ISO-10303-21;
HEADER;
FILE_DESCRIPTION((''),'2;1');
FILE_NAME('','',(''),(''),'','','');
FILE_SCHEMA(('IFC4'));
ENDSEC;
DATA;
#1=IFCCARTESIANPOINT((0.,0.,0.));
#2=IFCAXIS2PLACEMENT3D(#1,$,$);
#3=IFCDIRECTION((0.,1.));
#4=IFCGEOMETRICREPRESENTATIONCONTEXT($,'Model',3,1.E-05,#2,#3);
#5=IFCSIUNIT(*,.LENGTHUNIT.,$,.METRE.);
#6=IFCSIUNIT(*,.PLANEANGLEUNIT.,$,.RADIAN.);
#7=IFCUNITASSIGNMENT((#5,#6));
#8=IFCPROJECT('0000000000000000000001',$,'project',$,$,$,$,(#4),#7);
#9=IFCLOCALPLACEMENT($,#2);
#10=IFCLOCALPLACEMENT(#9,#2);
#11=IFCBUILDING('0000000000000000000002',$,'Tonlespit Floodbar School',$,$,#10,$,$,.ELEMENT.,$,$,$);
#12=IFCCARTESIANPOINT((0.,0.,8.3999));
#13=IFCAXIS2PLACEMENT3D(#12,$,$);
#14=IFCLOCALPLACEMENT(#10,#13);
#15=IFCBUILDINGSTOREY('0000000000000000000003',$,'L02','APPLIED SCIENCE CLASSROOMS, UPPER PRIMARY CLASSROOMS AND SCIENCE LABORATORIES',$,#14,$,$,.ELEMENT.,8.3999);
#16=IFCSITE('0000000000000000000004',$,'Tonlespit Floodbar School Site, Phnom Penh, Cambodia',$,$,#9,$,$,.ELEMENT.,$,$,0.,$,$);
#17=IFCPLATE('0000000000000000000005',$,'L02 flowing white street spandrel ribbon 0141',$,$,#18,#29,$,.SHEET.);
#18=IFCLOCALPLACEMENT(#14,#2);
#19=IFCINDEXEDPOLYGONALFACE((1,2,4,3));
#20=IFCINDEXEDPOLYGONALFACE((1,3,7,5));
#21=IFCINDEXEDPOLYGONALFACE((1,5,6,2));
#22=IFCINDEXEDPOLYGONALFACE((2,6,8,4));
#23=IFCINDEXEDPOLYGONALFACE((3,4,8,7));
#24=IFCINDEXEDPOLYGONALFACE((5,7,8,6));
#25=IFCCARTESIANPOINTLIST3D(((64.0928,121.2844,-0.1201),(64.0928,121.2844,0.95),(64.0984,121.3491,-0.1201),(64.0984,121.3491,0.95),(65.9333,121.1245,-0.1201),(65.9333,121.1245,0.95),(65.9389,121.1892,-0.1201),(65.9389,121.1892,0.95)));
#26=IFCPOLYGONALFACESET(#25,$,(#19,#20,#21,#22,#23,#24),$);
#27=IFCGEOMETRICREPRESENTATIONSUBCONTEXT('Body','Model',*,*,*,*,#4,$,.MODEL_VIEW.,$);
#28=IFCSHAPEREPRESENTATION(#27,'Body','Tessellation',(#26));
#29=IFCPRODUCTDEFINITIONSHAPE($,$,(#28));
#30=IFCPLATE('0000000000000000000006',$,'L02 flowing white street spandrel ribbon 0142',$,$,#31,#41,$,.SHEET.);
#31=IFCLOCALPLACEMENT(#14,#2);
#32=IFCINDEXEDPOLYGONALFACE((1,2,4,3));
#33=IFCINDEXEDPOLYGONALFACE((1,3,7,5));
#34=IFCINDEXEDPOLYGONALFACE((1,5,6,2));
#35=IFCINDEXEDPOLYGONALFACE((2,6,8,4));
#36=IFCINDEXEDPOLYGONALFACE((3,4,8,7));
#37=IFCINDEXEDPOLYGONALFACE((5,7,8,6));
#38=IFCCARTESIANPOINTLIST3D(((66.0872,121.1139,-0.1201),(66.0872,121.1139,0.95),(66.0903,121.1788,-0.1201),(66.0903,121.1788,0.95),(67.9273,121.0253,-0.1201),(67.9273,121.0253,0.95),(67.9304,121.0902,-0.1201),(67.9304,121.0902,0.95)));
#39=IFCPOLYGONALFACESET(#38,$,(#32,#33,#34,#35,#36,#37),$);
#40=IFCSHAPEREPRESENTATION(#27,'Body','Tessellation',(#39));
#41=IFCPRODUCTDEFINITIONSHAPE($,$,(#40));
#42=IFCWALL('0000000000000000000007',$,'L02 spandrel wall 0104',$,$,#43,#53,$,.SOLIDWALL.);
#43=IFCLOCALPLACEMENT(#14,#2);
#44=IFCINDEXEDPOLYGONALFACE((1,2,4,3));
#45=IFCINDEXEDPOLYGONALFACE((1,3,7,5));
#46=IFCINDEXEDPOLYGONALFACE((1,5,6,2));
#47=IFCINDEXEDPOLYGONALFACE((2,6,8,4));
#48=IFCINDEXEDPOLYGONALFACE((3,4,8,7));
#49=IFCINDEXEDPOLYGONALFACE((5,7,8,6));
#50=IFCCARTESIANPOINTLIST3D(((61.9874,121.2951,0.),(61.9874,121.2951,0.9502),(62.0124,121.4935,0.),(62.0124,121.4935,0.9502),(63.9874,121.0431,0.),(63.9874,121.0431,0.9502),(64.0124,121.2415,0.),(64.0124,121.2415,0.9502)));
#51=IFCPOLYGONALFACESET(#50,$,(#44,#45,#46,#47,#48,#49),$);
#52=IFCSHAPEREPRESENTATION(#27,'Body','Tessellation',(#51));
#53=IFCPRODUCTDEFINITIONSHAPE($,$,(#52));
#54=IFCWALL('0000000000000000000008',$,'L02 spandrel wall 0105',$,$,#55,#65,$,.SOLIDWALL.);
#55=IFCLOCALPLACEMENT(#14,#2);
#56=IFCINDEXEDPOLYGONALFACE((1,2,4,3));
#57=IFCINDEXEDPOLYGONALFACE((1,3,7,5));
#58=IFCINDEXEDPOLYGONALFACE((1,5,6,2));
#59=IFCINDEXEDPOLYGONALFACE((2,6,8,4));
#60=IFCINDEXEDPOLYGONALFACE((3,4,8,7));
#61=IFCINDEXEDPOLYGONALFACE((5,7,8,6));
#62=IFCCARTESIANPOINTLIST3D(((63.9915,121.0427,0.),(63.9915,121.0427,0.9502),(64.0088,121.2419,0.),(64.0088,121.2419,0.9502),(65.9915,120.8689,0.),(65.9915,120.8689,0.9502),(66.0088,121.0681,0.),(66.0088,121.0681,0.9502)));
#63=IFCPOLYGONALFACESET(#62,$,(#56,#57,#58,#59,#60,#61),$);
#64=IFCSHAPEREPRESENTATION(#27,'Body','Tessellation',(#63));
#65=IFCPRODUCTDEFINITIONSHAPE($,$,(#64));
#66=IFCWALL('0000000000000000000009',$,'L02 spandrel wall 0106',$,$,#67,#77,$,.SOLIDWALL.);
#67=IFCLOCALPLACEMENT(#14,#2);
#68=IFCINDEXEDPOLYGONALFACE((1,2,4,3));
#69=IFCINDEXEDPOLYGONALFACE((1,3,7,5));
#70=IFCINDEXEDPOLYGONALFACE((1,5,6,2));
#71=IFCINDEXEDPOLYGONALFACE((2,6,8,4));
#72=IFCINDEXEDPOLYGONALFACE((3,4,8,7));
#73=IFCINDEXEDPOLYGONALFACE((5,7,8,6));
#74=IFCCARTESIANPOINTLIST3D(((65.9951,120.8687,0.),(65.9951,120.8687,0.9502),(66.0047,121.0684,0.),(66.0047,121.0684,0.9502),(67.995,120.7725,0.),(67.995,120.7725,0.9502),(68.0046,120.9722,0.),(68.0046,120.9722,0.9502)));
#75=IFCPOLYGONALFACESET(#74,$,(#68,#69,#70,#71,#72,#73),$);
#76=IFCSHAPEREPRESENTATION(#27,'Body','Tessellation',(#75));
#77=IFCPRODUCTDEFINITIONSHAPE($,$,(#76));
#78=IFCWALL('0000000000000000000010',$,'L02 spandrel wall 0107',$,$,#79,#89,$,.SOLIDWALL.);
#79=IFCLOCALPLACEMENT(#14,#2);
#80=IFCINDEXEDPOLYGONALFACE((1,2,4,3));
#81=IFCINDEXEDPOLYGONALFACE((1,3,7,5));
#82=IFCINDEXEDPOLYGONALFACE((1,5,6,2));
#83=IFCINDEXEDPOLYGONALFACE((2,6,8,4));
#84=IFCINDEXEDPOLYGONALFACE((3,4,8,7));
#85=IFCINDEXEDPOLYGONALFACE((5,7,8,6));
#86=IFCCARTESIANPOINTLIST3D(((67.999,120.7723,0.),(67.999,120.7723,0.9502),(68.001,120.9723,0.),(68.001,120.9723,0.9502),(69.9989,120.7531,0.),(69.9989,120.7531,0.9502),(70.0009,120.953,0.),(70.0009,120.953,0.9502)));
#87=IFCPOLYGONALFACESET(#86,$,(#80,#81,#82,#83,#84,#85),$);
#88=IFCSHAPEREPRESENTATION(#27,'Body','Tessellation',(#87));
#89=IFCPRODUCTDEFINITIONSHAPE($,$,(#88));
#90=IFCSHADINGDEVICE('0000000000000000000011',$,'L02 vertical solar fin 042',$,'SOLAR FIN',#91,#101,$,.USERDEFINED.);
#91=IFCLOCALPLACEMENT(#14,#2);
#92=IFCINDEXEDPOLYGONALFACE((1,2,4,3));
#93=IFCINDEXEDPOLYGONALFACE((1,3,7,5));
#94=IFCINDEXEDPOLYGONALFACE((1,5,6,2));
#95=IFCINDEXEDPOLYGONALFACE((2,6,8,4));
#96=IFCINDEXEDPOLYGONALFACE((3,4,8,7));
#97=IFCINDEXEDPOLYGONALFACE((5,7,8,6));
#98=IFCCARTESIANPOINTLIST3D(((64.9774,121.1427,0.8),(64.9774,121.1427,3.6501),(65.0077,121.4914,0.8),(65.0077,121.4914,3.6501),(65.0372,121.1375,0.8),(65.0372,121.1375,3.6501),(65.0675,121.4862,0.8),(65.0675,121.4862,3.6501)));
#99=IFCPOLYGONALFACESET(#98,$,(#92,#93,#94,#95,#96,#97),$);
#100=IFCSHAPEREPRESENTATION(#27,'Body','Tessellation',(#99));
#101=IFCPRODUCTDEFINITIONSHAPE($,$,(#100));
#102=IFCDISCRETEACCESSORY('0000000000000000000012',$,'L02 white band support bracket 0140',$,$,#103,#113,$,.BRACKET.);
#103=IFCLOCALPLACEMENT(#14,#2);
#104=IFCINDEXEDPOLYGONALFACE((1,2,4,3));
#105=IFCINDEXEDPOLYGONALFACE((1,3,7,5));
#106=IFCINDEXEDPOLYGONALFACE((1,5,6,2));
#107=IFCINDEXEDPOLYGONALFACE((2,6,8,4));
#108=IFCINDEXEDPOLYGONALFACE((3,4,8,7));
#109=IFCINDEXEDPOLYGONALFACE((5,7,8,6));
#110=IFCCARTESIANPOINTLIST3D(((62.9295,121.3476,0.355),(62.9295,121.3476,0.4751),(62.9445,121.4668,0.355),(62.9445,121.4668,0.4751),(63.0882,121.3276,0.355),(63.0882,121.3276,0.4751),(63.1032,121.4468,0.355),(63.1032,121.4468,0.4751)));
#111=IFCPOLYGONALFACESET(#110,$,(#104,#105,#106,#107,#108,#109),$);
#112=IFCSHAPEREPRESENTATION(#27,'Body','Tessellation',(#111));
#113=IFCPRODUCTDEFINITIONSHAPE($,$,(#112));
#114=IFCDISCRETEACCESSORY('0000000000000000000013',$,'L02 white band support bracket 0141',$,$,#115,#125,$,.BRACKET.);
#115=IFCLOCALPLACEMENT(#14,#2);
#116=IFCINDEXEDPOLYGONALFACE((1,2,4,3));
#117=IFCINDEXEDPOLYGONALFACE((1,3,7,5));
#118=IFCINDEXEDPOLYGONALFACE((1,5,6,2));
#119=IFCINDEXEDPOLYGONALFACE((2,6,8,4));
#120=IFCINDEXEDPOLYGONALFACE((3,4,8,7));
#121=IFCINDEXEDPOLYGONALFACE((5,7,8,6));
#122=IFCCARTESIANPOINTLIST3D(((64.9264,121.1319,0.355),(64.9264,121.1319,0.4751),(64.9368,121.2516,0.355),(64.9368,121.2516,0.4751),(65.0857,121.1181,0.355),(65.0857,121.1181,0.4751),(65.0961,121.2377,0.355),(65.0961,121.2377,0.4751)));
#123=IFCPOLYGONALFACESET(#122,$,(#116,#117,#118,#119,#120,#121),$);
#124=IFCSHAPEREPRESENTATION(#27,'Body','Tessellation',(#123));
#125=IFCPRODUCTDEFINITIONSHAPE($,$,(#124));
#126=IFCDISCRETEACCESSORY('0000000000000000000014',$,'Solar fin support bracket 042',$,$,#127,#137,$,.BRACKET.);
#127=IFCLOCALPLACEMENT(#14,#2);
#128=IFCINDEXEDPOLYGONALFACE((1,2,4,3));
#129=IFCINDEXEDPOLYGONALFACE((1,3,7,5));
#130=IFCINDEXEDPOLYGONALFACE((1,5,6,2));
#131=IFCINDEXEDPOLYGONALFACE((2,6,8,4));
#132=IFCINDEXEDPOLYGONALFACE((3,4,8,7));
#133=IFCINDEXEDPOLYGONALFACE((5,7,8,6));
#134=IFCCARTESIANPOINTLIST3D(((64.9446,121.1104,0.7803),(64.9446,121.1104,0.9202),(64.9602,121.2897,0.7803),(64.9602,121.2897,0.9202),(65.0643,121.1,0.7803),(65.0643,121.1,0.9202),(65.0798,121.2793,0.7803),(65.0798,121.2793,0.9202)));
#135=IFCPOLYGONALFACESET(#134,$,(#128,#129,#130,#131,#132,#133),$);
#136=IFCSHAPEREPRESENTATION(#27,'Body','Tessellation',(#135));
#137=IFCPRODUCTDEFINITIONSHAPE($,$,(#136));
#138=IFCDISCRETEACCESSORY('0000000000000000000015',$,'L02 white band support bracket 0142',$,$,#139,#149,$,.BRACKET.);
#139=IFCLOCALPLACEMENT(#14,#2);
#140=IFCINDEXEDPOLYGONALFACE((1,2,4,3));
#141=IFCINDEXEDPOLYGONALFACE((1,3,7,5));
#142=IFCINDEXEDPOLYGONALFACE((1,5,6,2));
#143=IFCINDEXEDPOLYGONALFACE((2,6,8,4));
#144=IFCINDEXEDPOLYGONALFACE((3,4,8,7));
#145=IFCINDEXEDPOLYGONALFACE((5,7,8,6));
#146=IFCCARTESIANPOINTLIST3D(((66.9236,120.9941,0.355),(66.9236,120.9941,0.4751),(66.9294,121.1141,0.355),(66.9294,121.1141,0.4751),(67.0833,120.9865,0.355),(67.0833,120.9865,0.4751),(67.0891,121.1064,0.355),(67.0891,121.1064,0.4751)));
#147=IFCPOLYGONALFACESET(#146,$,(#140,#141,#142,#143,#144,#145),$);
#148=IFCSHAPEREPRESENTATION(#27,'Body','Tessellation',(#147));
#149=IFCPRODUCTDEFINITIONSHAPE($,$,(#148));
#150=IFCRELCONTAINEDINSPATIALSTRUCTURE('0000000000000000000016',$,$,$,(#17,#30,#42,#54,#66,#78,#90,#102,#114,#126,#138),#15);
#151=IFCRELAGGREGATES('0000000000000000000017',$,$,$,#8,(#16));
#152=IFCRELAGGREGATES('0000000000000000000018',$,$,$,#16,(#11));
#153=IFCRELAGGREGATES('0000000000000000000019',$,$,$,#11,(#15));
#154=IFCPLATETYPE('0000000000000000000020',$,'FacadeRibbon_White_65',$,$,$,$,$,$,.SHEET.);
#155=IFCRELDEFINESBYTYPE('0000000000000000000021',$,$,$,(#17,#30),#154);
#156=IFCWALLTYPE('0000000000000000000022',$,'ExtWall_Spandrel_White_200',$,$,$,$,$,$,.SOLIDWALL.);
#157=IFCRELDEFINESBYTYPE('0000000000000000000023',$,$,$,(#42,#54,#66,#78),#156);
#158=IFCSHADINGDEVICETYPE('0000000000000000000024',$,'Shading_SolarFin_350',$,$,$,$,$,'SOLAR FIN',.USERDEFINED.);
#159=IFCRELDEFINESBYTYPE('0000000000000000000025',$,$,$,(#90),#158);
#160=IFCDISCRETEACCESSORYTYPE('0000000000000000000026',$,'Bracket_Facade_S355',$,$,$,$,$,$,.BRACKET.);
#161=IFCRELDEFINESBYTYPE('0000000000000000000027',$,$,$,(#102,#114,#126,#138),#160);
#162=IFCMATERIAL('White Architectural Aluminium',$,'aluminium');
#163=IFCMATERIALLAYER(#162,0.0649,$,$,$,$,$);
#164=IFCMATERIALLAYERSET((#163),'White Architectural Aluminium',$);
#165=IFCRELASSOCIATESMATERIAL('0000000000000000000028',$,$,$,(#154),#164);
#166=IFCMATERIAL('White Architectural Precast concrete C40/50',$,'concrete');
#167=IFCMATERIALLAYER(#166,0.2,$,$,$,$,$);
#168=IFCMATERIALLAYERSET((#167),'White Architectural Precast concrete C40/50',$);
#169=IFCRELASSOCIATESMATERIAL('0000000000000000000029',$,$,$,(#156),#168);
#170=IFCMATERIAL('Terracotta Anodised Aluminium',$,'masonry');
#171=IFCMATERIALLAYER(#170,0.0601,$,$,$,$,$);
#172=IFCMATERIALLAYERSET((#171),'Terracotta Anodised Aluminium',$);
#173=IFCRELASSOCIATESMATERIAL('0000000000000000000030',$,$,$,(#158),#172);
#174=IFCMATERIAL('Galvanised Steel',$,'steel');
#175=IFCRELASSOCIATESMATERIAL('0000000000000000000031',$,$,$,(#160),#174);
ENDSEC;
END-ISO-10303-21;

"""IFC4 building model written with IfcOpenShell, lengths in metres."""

from ifc_helpers import new_model, si_unit, direction, frame, frame_2d, origin, origin_2d, place, context, subcontext, project, spatial, rectangle, extrude, material, layer, layer_set, type_object, element, save


model = new_model("IFC4")

# Units and contexts
model_context = context("Model", 3, precision=1e-05, world=origin(), true_north=direction((0.0, 1.0)))
body_context = subcontext(model_context, "Body", "Model", "MODEL_VIEW")
ifc_project = project(units=[si_unit("LENGTHUNIT", "METRE"), si_unit("PLANEANGLEUNIT", "RADIAN")], contexts=[model_context])

# Site, building, storey
site_placement = place(None, origin())
site = spatial("IfcSite", under=ifc_project, at=site_placement, Name="Tonlespit Floodbar School Site, Phnom Penh, Cambodia", CompositionType="ELEMENT", RefElevation=0.0)
building_placement = place(site_placement, origin())
building = spatial("IfcBuilding", under=site, at=building_placement, Name="Tonlespit Floodbar School", CompositionType="ELEMENT")
storey_placement = place(building_placement, frame((0.0, 0.0, 8.3999)))
storey = spatial("IfcBuildingStorey", under=building, at=storey_placement, Name="L02", Description="APPLIED SCIENCE CLASSROOMS, UPPER PRIMARY CLASSROOMS AND SCIENCE LABORATORIES", CompositionType="ELEMENT", Elevation=8.3999)

# Plates
ifc_material_1 = material(Name="White Architectural Aluminium", Category="aluminium")
ifc_layer_1 = layer(ifc_material_1, 0.0649)
ifc_layer_set_1 = layer_set([ifc_layer_1], Name="White Architectural Aluminium")
plate_type_1 = type_object("IfcPlateType", Name="FacadeRibbon_White_65", PredefinedType="SHEET", material=ifc_layer_set_1)
plate_1_placement = place(storey_placement, frame((65.0159, 121.2368, -0.1201), z_axis=(0.0, 0.0, 1.0), x_axis=(0.996245, -0.086573, 0.0)))
element("IfcPlate", 1, at=plate_1_placement, inside=storey, type_object=plate_type_1, Name="L02 flowing white street spandrel ribbon 0141", PredefinedType="SHEET", context=body_context, shape_type="SweptSolid", body=[
    extrude(rectangle(XDim=1.8474, YDim=0.0649, at=origin_2d()), origin(), (0.0, 0.0, 1.0), 1.0701),
])
plate_2_placement = place(storey_placement, frame((67.0088, 121.1021, -0.1201), z_axis=(0.0, 0.0, 1.0), x_axis=(0.998843, -0.048095, 0.0)))
element("IfcPlate", 2, at=plate_2_placement, inside=storey, type_object=plate_type_1, Name="L02 flowing white street spandrel ribbon 0142", PredefinedType="SHEET", context=body_context, shape_type="SweptSolid", body=[
    extrude(rectangle(XDim=1.8423, YDim=0.0649, at=origin_2d()), origin(), (0.0, 0.0, 1.0), 1.0701),
])

# Walls
ifc_material_2 = material(Name="White Architectural Precast concrete C40/50", Category="concrete")
ifc_layer_2 = layer(ifc_material_2, 0.2)
ifc_layer_set_2 = layer_set([ifc_layer_2], Name="White Architectural Precast concrete C40/50")
wall_type = type_object("IfcWallType", Name="ExtWall_Spandrel_White_200", PredefinedType="SOLIDWALL", material=ifc_layer_set_2)
wall_1_placement = place(storey_placement, frame((62.0, 121.3943, 0.0), z_axis=(0.0, 0.0, 1.0), x_axis=(0.992158, -0.124989, 0.0)))
element("IfcWall", 3, at=wall_1_placement, inside=storey, type_object=wall_type, Name="L02 spandrel wall 0104", PredefinedType="SOLIDWALL", context=body_context, shape_type="SweptSolid", body=[
    extrude(rectangle(XDim=2.0159, YDim=0.2, at=frame_2d((1.0078, 0.0))), origin(), (0.0, 0.0, 1.0), 0.9502),
])
wall_2_placement = place(storey_placement, frame((64.0, 121.1423, 0.0), z_axis=(0.0, 0.0, 1.0), x_axis=(0.996244, -0.086588, 0.0)))
element("IfcWall", 4, at=wall_2_placement, inside=storey, type_object=wall_type, Name="L02 spandrel wall 0105", PredefinedType="SOLIDWALL", context=body_context, shape_type="SweptSolid", body=[
    extrude(rectangle(XDim=2.0076, YDim=0.2, at=frame_2d((1.0039, 0.0))), origin(), (0.0, 0.0, 1.0), 0.9502),
])
wall_3_placement = place(storey_placement, frame((66.0, 120.9685, 0.0), z_axis=(0.0, 0.0, 1.0), x_axis=(0.998845, -0.04804, 0.0)))
element("IfcWall", 5, at=wall_3_placement, inside=storey, type_object=wall_type, Name="L02 spandrel wall 0106", PredefinedType="SOLIDWALL", context=body_context, shape_type="SweptSolid", body=[
    extrude(rectangle(XDim=2.0022, YDim=0.2, at=frame_2d((1.001, 0.0))), origin(), (0.0, 0.0, 1.0), 0.9502),
])
wall_4_placement = place(storey_placement, frame((68.0, 120.8723, 0.0), z_axis=(0.0, 0.0, 1.0), x_axis=(0.999954, -0.009643, 0.0)))
element("IfcWall", 6, at=wall_4_placement, inside=storey, type_object=wall_type, Name="L02 spandrel wall 0107", PredefinedType="SOLIDWALL", context=body_context, shape_type="SweptSolid", body=[
    extrude(rectangle(XDim=2.0, YDim=0.2, at=frame_2d((1.0, 0.0))), origin(), (0.0, 0.0, 1.0), 0.9502),
])

# Shading device
ifc_material_3 = material(Name="Terracotta Anodised Aluminium", Category="masonry")
ifc_layer_3 = layer(ifc_material_3, 0.0601)
ifc_layer_set_3 = layer_set([ifc_layer_3], Name="Terracotta Anodised Aluminium")
shading_device_type = type_object("IfcShadingDeviceType", Name="Shading_SolarFin_350", ElementType="SOLAR FIN", PredefinedType="USERDEFINED", material=ifc_layer_set_3)
shading_device_placement = place(storey_placement, frame((65.0225, 121.3145, 0.8), z_axis=(0.0, 0.0, 1.0), x_axis=(0.996245, -0.086573, 0.0)))
element("IfcShadingDevice", 7, at=shading_device_placement, inside=storey, type_object=shading_device_type, Name="L02 vertical solar fin 042", ObjectType="SOLAR FIN", PredefinedType="USERDEFINED", context=body_context, shape_type="SweptSolid", body=[
    extrude(rectangle(XDim=0.0601, YDim=0.3501, at=origin_2d()), origin(), (0.0, 0.0, 1.0), 2.8501),
])

# Discrete accessories
ifc_material_4 = material(Name="Galvanised Steel", Category="steel")
discrete_accessory_type = type_object("IfcDiscreteAccessoryType", Name="Bracket_Facade_S355", PredefinedType="BRACKET", material=ifc_material_4)
for number, where, z_axis, x_axis, name in (
    (8, (63.0164, 121.3972, 0.355), (0.0, 0.0, 1.0), (0.992155, -0.125011, 0.0), "L02 white band support bracket 0140"),
    (9, (65.0112, 121.1848, 0.355), (0.0, 0.0, 1.0), (0.996245, -0.086573, 0.0), "L02 white band support bracket 0141"),
):
    element("IfcDiscreteAccessory", number, at=place(storey_placement, frame(where, z_axis=z_axis, x_axis=x_axis)), inside=storey, type_object=discrete_accessory_type, Name=name, PredefinedType="BRACKET", context=body_context, shape_type="SweptSolid", body=[
        extrude(rectangle(XDim=0.1599, YDim=0.1201, at=origin_2d()), origin(), (0.0, 0.0, 1.0), 0.1201),
    ])
discrete_accessory_1_placement = place(storey_placement, frame((65.0122, 121.1948, 0.7803), z_axis=(0.0, 0.0, 1.0), x_axis=(0.996245, -0.086573, 0.0)))
element("IfcDiscreteAccessory", 10, at=discrete_accessory_1_placement, inside=storey, type_object=discrete_accessory_type, Name="Solar fin support bracket 042", PredefinedType="BRACKET", context=body_context, shape_type="SweptSolid", body=[
    extrude(rectangle(XDim=0.1201, YDim=0.1799, at=origin_2d()), origin(), (0.0, 0.0, 1.0), 0.1399),
])
discrete_accessory_2_placement = place(storey_placement, frame((67.0063, 121.0503, 0.355), z_axis=(0.0, 0.0, 1.0), x_axis=(0.998843, -0.048095, 0.0)))
element("IfcDiscreteAccessory", 11, at=discrete_accessory_2_placement, inside=storey, type_object=discrete_accessory_type, Name="L02 white band support bracket 0142", PredefinedType="BRACKET", context=body_context, shape_type="SweptSolid", body=[
    extrude(rectangle(XDim=0.1599, YDim=0.1201, at=origin_2d()), origin(), (0.0, 0.0, 1.0), 0.1201),
])

save(model, "model.ifc")
